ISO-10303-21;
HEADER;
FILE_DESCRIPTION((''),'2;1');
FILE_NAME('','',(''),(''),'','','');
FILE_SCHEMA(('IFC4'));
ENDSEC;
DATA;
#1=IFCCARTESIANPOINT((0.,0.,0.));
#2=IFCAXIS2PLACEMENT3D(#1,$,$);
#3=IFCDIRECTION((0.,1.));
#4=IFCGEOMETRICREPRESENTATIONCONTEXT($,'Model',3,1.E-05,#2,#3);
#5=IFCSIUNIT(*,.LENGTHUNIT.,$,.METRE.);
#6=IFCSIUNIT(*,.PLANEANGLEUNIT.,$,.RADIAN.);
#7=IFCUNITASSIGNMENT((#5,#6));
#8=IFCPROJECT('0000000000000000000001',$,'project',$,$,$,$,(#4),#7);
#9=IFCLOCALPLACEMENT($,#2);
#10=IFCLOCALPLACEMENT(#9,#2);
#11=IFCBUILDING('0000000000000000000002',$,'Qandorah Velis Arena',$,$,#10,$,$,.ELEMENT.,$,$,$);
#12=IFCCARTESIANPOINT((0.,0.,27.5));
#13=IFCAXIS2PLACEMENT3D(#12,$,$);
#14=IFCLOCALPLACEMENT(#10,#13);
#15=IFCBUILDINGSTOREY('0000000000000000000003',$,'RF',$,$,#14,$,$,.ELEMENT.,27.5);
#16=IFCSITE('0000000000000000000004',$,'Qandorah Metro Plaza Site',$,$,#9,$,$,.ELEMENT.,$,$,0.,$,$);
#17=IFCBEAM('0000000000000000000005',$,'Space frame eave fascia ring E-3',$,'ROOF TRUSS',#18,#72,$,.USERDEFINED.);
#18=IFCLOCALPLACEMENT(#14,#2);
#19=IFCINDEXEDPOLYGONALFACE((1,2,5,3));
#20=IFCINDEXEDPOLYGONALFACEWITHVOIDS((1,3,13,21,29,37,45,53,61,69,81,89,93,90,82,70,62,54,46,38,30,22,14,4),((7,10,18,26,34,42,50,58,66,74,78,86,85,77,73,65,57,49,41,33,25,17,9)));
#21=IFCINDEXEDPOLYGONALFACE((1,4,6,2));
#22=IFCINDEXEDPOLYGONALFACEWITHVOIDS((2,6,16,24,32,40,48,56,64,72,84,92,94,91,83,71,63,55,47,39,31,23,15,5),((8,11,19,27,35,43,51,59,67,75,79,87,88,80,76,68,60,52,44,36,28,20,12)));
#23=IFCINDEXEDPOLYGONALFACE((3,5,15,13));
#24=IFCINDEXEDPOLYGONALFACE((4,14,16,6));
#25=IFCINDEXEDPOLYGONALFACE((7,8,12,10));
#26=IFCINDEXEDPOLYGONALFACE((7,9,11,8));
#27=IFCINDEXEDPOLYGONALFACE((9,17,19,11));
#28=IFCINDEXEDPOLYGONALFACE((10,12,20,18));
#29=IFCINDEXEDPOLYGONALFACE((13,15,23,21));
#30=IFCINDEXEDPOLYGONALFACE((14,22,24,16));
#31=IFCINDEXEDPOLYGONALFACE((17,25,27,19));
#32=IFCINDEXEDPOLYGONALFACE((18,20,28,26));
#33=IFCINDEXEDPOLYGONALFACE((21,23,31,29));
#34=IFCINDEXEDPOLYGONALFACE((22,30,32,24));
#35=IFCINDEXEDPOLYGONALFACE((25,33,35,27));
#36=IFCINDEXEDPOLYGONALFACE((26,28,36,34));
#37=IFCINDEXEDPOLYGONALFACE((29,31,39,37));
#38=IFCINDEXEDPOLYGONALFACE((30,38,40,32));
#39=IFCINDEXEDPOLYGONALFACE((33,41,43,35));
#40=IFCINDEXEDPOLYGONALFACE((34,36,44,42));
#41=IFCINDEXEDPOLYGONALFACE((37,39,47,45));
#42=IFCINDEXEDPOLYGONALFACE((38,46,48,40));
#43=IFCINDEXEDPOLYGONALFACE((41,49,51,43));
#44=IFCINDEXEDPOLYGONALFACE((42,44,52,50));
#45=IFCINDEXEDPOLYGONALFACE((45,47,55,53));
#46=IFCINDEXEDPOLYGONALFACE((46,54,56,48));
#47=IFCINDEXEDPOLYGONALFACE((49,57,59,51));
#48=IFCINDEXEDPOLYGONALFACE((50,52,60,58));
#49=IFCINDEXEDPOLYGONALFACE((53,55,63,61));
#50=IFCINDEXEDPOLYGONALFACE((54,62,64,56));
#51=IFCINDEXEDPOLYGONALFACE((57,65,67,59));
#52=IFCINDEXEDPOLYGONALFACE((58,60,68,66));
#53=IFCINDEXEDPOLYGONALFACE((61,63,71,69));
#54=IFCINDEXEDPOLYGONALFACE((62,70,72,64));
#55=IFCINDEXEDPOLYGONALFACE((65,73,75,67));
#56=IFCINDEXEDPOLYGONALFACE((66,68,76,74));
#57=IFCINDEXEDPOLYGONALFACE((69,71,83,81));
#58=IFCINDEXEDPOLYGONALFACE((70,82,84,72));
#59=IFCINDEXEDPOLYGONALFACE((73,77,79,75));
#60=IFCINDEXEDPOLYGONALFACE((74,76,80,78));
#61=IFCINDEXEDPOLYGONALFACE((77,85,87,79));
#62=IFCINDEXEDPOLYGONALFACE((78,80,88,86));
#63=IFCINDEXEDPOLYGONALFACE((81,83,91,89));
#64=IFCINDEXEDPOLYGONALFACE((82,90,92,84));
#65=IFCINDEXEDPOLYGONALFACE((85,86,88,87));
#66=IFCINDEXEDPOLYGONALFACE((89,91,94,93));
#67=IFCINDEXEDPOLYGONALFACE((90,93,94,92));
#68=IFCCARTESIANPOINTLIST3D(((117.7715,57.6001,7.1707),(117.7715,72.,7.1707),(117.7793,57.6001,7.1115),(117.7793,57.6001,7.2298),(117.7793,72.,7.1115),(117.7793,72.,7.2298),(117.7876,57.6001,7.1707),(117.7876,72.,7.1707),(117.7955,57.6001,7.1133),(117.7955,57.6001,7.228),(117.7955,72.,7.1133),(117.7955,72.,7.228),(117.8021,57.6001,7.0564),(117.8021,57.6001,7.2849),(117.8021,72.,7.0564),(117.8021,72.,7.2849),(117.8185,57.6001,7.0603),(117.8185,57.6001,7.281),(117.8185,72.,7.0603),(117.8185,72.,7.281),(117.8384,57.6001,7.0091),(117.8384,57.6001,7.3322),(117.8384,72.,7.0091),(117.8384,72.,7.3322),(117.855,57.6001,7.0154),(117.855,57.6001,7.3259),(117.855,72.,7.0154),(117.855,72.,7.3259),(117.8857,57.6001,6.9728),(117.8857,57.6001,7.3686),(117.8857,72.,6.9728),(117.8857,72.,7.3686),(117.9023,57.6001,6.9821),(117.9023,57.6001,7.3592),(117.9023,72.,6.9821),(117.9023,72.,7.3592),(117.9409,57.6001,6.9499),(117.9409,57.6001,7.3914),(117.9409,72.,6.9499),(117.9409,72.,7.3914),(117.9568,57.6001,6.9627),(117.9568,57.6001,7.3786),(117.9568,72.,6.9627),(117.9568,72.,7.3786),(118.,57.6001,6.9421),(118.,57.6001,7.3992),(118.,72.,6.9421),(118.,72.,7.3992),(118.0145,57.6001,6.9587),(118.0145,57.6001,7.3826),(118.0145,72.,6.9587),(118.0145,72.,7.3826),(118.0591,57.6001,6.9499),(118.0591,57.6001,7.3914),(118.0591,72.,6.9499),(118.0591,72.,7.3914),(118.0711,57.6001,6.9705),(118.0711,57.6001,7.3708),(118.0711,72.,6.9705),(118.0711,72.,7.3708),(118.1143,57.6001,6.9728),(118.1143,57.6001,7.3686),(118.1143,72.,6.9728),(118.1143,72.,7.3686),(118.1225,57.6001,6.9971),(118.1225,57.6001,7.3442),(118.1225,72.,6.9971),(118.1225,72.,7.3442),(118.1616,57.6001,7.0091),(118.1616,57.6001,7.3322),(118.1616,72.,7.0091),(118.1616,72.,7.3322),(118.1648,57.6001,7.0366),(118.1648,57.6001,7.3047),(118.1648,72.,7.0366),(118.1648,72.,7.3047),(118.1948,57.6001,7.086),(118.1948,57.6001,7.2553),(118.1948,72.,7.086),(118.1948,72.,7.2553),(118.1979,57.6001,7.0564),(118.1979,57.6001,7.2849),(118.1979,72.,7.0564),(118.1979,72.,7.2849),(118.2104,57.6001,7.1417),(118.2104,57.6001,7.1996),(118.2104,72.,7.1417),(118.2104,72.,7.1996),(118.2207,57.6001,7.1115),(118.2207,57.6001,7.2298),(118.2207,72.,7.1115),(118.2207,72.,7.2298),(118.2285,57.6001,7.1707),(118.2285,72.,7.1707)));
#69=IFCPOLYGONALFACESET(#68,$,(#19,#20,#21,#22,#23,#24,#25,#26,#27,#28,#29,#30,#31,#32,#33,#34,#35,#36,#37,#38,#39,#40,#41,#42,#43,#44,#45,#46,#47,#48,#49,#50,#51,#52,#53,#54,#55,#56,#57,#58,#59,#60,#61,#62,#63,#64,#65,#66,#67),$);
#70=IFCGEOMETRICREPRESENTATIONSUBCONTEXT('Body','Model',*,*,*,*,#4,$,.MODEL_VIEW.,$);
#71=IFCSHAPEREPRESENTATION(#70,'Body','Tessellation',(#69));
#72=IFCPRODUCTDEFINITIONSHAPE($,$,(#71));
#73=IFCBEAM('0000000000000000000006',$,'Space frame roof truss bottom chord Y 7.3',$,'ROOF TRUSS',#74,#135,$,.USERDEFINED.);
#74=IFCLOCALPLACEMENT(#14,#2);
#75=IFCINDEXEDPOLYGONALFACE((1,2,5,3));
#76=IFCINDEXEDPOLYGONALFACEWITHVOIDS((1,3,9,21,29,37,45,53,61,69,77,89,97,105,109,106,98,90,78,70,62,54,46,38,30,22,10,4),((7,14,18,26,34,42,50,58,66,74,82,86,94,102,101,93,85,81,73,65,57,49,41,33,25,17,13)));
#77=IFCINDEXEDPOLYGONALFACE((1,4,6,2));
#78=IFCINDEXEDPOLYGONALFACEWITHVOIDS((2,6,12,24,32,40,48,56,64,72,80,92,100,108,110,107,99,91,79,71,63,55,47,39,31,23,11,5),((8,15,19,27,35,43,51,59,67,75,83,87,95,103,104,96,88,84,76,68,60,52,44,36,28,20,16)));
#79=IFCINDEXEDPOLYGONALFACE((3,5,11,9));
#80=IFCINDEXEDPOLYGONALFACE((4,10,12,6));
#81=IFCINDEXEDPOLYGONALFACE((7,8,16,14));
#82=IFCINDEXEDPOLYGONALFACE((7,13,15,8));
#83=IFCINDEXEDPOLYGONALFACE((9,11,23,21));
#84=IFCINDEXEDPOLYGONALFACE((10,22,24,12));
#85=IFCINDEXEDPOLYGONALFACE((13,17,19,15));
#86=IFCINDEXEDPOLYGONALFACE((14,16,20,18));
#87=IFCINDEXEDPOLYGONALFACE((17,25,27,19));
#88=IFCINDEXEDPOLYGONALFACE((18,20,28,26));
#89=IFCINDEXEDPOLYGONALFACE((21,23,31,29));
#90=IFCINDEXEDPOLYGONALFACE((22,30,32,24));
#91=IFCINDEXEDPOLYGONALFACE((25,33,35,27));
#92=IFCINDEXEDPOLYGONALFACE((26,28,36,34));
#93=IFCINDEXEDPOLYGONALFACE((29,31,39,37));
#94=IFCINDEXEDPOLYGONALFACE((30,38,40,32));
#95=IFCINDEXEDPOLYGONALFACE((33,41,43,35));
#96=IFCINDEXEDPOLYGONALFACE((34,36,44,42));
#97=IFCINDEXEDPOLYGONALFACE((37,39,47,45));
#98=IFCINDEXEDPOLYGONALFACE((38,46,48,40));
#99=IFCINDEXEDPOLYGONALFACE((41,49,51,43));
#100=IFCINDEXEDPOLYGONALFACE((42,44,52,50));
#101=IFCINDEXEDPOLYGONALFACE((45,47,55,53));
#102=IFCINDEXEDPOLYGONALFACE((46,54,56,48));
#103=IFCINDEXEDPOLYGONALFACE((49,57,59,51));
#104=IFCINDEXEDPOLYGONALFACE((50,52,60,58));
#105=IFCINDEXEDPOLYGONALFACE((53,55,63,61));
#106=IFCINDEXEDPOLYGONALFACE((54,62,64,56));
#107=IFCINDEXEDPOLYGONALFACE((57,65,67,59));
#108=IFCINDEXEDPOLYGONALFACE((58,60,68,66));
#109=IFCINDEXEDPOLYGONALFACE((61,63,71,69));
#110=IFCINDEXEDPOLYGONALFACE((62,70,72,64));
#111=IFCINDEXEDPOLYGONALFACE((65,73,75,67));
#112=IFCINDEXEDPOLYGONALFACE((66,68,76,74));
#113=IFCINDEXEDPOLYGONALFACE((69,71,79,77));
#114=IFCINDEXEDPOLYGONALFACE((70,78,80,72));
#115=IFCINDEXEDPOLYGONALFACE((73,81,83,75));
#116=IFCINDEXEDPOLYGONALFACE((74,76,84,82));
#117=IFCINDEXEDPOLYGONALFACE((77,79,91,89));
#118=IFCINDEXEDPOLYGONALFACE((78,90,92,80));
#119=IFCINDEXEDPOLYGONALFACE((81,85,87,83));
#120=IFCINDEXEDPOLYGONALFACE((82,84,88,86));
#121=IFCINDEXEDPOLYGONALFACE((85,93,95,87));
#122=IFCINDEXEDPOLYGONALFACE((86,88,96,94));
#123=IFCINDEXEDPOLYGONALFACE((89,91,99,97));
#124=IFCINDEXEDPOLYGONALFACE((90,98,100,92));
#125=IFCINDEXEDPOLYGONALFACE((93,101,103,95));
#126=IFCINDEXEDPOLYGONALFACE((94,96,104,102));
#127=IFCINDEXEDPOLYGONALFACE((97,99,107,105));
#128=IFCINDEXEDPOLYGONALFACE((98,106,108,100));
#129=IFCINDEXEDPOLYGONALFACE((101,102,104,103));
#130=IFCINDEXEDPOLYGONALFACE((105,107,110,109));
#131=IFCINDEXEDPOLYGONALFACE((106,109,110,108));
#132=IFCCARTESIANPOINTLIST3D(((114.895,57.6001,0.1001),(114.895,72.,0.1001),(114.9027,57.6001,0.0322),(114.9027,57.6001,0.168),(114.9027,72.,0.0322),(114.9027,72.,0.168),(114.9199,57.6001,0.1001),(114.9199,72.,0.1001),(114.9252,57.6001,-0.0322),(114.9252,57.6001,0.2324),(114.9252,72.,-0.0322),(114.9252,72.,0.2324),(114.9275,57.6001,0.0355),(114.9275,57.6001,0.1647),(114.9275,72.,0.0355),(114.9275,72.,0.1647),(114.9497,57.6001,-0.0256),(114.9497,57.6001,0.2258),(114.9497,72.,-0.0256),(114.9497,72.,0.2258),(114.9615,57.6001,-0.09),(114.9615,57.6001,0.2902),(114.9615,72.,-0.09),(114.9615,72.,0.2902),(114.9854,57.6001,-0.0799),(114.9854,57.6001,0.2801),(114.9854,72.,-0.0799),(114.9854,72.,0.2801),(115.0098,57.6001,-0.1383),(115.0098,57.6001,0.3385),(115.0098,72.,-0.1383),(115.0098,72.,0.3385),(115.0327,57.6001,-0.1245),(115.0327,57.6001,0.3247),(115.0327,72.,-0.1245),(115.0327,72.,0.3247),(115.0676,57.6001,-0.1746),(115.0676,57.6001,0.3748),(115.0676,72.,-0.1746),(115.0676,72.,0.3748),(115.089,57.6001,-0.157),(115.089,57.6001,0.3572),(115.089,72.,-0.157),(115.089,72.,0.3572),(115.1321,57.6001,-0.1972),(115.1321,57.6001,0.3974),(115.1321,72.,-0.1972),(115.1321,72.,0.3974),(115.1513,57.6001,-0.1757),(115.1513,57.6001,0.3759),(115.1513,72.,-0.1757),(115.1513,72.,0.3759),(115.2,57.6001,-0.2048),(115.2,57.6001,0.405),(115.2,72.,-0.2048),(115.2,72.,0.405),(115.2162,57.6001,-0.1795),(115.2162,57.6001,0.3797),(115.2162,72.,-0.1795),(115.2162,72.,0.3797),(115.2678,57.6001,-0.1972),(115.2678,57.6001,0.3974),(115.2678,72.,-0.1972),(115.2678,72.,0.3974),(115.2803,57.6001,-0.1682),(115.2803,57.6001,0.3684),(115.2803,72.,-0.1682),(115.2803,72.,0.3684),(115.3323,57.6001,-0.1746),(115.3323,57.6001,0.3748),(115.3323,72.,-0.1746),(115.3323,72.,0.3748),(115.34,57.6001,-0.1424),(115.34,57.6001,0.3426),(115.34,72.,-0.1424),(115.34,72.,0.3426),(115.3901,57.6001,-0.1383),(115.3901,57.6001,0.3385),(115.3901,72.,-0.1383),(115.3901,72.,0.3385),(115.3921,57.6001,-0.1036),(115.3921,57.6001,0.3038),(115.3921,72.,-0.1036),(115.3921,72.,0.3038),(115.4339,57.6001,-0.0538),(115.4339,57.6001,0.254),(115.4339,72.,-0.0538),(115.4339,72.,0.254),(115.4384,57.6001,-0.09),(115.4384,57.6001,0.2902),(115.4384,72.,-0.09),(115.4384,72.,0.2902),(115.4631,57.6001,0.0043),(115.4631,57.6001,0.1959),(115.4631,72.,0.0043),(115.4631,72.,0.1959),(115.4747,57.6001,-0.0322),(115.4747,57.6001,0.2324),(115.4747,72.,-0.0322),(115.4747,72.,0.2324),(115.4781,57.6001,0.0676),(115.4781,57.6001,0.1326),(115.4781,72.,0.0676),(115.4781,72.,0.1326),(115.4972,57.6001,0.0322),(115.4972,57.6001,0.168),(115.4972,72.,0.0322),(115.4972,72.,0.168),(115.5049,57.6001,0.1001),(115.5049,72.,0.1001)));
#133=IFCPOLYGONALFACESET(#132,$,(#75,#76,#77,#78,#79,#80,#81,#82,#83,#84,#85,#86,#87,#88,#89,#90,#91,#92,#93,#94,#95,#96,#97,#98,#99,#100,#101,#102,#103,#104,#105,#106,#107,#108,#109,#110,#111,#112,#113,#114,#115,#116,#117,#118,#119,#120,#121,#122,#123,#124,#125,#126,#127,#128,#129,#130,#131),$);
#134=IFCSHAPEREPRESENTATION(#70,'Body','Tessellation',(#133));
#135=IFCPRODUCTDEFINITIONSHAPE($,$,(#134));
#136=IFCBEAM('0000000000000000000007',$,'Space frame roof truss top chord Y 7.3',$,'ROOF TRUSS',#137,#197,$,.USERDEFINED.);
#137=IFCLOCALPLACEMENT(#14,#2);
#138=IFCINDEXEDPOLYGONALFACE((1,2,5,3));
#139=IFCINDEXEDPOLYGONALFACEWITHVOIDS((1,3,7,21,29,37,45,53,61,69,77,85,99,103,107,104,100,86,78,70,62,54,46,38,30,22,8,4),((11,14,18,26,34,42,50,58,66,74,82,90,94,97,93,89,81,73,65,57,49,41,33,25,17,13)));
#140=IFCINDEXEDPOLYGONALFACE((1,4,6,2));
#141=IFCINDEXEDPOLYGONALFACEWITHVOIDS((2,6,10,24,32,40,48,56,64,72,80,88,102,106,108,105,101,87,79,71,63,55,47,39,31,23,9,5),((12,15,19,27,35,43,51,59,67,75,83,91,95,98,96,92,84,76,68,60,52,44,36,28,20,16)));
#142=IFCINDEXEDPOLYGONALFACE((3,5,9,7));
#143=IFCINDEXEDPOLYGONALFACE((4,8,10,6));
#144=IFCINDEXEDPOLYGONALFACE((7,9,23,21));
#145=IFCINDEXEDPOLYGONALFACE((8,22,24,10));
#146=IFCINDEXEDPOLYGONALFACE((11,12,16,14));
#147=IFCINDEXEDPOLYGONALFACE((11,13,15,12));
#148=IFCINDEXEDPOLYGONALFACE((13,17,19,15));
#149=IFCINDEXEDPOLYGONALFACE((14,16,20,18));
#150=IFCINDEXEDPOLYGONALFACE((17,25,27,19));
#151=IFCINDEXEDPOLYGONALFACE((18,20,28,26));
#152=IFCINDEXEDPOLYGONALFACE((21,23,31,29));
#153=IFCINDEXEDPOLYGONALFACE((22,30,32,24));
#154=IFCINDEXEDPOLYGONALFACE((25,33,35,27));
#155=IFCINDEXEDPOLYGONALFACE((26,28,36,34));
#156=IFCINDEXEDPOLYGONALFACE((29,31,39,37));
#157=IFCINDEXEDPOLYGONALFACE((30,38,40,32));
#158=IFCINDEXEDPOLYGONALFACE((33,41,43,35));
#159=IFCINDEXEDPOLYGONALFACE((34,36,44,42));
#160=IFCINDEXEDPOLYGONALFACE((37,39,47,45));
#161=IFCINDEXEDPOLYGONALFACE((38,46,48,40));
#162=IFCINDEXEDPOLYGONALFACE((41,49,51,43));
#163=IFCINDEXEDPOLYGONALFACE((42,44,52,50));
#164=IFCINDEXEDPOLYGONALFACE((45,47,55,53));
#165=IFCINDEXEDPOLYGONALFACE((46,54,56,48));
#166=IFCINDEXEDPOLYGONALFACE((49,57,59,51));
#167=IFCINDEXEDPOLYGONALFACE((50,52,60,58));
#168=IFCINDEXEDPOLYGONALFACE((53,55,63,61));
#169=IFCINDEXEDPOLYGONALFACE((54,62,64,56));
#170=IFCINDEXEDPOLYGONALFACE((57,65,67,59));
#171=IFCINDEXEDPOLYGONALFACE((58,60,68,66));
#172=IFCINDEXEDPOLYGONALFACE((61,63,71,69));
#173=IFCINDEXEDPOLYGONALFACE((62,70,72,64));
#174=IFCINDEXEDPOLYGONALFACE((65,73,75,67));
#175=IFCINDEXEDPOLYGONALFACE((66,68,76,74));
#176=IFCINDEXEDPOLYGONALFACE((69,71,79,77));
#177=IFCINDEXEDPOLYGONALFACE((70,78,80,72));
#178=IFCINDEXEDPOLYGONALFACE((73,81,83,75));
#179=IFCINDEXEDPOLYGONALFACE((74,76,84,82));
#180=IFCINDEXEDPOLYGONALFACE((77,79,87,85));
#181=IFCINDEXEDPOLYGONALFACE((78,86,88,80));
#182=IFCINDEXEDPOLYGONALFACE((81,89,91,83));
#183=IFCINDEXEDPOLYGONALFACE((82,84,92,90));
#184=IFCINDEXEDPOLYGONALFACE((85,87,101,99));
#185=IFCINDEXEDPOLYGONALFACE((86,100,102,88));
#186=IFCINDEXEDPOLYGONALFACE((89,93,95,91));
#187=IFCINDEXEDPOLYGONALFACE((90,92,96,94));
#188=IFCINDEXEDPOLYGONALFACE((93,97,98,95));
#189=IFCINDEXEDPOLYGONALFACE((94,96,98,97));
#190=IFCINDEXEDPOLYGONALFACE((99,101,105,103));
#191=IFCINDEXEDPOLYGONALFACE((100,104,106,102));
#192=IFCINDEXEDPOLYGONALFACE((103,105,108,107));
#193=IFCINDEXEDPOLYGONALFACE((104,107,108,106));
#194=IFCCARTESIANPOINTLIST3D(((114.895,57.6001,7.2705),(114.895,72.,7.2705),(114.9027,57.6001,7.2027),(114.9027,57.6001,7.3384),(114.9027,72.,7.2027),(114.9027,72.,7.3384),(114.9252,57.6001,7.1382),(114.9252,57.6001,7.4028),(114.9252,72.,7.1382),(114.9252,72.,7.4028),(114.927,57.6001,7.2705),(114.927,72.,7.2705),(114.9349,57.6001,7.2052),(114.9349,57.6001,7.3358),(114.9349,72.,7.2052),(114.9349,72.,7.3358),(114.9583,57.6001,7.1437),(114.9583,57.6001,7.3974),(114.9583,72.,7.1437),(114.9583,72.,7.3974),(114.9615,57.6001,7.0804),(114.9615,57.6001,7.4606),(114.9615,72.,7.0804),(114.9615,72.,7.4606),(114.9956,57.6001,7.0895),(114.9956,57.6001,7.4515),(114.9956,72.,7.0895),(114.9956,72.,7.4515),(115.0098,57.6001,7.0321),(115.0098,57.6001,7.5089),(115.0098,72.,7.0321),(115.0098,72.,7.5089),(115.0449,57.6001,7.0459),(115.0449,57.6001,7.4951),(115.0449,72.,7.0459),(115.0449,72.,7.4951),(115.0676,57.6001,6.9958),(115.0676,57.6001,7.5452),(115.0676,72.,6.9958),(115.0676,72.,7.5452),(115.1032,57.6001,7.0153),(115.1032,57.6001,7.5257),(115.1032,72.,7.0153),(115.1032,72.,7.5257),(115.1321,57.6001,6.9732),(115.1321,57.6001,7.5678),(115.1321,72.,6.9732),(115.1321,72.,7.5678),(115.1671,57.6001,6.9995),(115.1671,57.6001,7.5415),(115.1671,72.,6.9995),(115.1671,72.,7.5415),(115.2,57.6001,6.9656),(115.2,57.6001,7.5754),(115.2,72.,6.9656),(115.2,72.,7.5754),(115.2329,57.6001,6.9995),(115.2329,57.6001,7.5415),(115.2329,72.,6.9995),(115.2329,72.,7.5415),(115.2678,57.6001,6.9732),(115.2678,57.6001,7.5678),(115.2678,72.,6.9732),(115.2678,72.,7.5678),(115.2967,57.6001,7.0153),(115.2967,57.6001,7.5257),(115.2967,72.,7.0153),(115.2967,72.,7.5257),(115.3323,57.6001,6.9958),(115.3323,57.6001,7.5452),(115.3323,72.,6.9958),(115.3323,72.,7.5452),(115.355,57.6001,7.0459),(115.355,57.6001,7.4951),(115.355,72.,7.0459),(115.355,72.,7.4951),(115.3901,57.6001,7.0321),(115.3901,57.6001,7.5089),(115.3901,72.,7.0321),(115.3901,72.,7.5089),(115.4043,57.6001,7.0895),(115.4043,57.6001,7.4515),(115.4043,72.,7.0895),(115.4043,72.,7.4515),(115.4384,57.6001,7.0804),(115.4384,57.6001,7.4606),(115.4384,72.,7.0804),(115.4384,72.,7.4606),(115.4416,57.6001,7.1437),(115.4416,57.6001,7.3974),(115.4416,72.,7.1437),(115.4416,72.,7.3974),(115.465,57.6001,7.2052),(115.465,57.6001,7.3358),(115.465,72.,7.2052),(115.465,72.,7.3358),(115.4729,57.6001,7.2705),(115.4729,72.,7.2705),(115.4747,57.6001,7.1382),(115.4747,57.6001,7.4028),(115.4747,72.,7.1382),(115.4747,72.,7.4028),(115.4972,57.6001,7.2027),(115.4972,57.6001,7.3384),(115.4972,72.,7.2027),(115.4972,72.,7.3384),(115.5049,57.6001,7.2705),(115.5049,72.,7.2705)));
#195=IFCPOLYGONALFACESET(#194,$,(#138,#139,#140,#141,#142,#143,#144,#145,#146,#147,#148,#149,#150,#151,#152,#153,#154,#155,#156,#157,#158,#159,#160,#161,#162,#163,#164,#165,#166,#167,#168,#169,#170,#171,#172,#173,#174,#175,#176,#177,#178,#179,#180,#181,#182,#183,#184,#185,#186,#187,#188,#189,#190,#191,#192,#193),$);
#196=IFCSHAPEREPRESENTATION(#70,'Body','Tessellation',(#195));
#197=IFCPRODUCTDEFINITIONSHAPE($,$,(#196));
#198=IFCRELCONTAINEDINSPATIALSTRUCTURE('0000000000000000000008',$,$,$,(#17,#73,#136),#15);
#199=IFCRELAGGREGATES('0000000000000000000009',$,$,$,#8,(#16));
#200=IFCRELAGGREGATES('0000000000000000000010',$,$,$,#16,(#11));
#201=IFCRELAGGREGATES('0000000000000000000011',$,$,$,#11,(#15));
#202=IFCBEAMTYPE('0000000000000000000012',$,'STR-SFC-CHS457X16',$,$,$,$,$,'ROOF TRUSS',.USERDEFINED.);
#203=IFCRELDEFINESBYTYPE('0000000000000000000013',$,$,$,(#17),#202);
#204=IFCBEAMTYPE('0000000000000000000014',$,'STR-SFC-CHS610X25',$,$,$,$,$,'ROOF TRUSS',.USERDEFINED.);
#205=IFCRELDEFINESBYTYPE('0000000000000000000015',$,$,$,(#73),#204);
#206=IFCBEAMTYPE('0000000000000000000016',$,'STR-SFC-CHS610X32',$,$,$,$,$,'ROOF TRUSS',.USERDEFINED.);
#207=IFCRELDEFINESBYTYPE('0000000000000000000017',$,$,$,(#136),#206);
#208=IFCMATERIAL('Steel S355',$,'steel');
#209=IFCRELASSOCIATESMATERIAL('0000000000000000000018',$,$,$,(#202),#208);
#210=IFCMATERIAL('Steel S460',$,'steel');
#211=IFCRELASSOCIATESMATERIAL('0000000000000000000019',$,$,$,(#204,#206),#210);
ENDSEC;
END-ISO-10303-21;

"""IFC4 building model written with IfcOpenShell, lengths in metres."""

from ifc_helpers import new_model, si_unit, direction, frame, origin, origin_2d, place, context, subcontext, project, spatial, hollow_circle, extrude, material, material_profile, profile_set, type_object, element, save


model = new_model("IFC4")

# Units and contexts
model_context = context("Model", 3, precision=1e-05, world=origin(), true_north=direction((0.0, 1.0)))
body_context = subcontext(model_context, "Body", "Model", "MODEL_VIEW")
ifc_project = project(units=[si_unit("LENGTHUNIT", "METRE"), si_unit("PLANEANGLEUNIT", "RADIAN")], contexts=[model_context])

# Site, building, storey
site_placement = place(None, origin())
site = spatial("IfcSite", under=ifc_project, at=site_placement, Name="Qandorah Metro Plaza Site", CompositionType="ELEMENT", RefElevation=0.0)
building_placement = place(site_placement, origin())
building = spatial("IfcBuilding", under=site, at=building_placement, Name="Qandorah Velis Arena", CompositionType="ELEMENT")
storey_placement = place(building_placement, frame((0.0, 0.0, 27.5)))
storey = spatial("IfcBuildingStorey", under=building, at=storey_placement, Name="RF", CompositionType="ELEMENT", Elevation=27.5)

# Beams
ifc_material_1 = material(Name="Steel S355", Category="steel")
ifc_material_profile_1 = material_profile(ifc_material_1, hollow_circle(Radius=0.2285, WallThickness=0.0161, at=origin_2d()), Name="CHS 457x16")
ifc_profile_set_1 = profile_set([ifc_material_profile_1], Name="Steel S355")
beam_type_1 = type_object("IfcBeamType", Name="STR-SFC-CHS457X16", ElementType="ROOF TRUSS", PredefinedType="USERDEFINED", material=ifc_profile_set_1)
beam_1_placement = place(storey_placement, frame((118.0, 57.6001, 7.1707), z_axis=(0.0, 1.0, 0.0), x_axis=(-1.0, 0.0, 0.0)))
element("IfcBeam", 1, at=beam_1_placement, inside=storey, type_object=beam_type_1, Name="Space frame eave fascia ring E-3", ObjectType="ROOF TRUSS", PredefinedType="USERDEFINED", context=body_context, shape_type="SweptSolid", body=[
    extrude(hollow_circle(Radius=0.2285, WallThickness=0.0161, at=origin_2d()), origin(), (0.0, 0.0, 1.0), 14.3999),
])
ifc_material_2 = material(Name="Steel S460", Category="steel")
ifc_material_profile_2 = material_profile(ifc_material_2, hollow_circle(Radius=0.3049, WallThickness=0.0249, at=origin_2d()), Name="CHS 610x25")
ifc_profile_set_2 = profile_set([ifc_material_profile_2], Name="Steel S460")
beam_type_2 = type_object("IfcBeamType", Name="STR-SFC-CHS610X25", ElementType="ROOF TRUSS", PredefinedType="USERDEFINED", material=ifc_profile_set_2)
beam_2_placement = place(storey_placement, frame((115.2, 57.6001, 0.1001), z_axis=(0.0, 1.0, 0.0), x_axis=(-1.0, 0.0, 0.0)))
element("IfcBeam", 2, at=beam_2_placement, inside=storey, type_object=beam_type_2, Name="Space frame roof truss bottom chord Y 7.3", ObjectType="ROOF TRUSS", PredefinedType="USERDEFINED", context=body_context, shape_type="SweptSolid", body=[
    extrude(hollow_circle(Radius=0.3049, WallThickness=0.0249, at=origin_2d()), origin(), (0.0, 0.0, 1.0), 14.3999),
])
ifc_material_profile_3 = material_profile(ifc_material_2, hollow_circle(Radius=0.3049, WallThickness=0.032, at=origin_2d()), Name="CHS 610x32")
ifc_profile_set_3 = profile_set([ifc_material_profile_3], Name="Steel S460")
beam_type_3 = type_object("IfcBeamType", Name="STR-SFC-CHS610X32", ElementType="ROOF TRUSS", PredefinedType="USERDEFINED", material=ifc_profile_set_3)
beam_3_placement = place(storey_placement, frame((115.2, 57.6001, 7.2705), z_axis=(0.0, 1.0, 0.0), x_axis=(-1.0, 0.0, 0.0)))
element("IfcBeam", 3, at=beam_3_placement, inside=storey, type_object=beam_type_3, Name="Space frame roof truss top chord Y 7.3", ObjectType="ROOF TRUSS", PredefinedType="USERDEFINED", context=body_context, shape_type="SweptSolid", body=[
    extrude(hollow_circle(Radius=0.3049, WallThickness=0.032, at=origin_2d()), origin(), (0.0, 0.0, 1.0), 14.3999),
])

save(model, "model.ifc")
